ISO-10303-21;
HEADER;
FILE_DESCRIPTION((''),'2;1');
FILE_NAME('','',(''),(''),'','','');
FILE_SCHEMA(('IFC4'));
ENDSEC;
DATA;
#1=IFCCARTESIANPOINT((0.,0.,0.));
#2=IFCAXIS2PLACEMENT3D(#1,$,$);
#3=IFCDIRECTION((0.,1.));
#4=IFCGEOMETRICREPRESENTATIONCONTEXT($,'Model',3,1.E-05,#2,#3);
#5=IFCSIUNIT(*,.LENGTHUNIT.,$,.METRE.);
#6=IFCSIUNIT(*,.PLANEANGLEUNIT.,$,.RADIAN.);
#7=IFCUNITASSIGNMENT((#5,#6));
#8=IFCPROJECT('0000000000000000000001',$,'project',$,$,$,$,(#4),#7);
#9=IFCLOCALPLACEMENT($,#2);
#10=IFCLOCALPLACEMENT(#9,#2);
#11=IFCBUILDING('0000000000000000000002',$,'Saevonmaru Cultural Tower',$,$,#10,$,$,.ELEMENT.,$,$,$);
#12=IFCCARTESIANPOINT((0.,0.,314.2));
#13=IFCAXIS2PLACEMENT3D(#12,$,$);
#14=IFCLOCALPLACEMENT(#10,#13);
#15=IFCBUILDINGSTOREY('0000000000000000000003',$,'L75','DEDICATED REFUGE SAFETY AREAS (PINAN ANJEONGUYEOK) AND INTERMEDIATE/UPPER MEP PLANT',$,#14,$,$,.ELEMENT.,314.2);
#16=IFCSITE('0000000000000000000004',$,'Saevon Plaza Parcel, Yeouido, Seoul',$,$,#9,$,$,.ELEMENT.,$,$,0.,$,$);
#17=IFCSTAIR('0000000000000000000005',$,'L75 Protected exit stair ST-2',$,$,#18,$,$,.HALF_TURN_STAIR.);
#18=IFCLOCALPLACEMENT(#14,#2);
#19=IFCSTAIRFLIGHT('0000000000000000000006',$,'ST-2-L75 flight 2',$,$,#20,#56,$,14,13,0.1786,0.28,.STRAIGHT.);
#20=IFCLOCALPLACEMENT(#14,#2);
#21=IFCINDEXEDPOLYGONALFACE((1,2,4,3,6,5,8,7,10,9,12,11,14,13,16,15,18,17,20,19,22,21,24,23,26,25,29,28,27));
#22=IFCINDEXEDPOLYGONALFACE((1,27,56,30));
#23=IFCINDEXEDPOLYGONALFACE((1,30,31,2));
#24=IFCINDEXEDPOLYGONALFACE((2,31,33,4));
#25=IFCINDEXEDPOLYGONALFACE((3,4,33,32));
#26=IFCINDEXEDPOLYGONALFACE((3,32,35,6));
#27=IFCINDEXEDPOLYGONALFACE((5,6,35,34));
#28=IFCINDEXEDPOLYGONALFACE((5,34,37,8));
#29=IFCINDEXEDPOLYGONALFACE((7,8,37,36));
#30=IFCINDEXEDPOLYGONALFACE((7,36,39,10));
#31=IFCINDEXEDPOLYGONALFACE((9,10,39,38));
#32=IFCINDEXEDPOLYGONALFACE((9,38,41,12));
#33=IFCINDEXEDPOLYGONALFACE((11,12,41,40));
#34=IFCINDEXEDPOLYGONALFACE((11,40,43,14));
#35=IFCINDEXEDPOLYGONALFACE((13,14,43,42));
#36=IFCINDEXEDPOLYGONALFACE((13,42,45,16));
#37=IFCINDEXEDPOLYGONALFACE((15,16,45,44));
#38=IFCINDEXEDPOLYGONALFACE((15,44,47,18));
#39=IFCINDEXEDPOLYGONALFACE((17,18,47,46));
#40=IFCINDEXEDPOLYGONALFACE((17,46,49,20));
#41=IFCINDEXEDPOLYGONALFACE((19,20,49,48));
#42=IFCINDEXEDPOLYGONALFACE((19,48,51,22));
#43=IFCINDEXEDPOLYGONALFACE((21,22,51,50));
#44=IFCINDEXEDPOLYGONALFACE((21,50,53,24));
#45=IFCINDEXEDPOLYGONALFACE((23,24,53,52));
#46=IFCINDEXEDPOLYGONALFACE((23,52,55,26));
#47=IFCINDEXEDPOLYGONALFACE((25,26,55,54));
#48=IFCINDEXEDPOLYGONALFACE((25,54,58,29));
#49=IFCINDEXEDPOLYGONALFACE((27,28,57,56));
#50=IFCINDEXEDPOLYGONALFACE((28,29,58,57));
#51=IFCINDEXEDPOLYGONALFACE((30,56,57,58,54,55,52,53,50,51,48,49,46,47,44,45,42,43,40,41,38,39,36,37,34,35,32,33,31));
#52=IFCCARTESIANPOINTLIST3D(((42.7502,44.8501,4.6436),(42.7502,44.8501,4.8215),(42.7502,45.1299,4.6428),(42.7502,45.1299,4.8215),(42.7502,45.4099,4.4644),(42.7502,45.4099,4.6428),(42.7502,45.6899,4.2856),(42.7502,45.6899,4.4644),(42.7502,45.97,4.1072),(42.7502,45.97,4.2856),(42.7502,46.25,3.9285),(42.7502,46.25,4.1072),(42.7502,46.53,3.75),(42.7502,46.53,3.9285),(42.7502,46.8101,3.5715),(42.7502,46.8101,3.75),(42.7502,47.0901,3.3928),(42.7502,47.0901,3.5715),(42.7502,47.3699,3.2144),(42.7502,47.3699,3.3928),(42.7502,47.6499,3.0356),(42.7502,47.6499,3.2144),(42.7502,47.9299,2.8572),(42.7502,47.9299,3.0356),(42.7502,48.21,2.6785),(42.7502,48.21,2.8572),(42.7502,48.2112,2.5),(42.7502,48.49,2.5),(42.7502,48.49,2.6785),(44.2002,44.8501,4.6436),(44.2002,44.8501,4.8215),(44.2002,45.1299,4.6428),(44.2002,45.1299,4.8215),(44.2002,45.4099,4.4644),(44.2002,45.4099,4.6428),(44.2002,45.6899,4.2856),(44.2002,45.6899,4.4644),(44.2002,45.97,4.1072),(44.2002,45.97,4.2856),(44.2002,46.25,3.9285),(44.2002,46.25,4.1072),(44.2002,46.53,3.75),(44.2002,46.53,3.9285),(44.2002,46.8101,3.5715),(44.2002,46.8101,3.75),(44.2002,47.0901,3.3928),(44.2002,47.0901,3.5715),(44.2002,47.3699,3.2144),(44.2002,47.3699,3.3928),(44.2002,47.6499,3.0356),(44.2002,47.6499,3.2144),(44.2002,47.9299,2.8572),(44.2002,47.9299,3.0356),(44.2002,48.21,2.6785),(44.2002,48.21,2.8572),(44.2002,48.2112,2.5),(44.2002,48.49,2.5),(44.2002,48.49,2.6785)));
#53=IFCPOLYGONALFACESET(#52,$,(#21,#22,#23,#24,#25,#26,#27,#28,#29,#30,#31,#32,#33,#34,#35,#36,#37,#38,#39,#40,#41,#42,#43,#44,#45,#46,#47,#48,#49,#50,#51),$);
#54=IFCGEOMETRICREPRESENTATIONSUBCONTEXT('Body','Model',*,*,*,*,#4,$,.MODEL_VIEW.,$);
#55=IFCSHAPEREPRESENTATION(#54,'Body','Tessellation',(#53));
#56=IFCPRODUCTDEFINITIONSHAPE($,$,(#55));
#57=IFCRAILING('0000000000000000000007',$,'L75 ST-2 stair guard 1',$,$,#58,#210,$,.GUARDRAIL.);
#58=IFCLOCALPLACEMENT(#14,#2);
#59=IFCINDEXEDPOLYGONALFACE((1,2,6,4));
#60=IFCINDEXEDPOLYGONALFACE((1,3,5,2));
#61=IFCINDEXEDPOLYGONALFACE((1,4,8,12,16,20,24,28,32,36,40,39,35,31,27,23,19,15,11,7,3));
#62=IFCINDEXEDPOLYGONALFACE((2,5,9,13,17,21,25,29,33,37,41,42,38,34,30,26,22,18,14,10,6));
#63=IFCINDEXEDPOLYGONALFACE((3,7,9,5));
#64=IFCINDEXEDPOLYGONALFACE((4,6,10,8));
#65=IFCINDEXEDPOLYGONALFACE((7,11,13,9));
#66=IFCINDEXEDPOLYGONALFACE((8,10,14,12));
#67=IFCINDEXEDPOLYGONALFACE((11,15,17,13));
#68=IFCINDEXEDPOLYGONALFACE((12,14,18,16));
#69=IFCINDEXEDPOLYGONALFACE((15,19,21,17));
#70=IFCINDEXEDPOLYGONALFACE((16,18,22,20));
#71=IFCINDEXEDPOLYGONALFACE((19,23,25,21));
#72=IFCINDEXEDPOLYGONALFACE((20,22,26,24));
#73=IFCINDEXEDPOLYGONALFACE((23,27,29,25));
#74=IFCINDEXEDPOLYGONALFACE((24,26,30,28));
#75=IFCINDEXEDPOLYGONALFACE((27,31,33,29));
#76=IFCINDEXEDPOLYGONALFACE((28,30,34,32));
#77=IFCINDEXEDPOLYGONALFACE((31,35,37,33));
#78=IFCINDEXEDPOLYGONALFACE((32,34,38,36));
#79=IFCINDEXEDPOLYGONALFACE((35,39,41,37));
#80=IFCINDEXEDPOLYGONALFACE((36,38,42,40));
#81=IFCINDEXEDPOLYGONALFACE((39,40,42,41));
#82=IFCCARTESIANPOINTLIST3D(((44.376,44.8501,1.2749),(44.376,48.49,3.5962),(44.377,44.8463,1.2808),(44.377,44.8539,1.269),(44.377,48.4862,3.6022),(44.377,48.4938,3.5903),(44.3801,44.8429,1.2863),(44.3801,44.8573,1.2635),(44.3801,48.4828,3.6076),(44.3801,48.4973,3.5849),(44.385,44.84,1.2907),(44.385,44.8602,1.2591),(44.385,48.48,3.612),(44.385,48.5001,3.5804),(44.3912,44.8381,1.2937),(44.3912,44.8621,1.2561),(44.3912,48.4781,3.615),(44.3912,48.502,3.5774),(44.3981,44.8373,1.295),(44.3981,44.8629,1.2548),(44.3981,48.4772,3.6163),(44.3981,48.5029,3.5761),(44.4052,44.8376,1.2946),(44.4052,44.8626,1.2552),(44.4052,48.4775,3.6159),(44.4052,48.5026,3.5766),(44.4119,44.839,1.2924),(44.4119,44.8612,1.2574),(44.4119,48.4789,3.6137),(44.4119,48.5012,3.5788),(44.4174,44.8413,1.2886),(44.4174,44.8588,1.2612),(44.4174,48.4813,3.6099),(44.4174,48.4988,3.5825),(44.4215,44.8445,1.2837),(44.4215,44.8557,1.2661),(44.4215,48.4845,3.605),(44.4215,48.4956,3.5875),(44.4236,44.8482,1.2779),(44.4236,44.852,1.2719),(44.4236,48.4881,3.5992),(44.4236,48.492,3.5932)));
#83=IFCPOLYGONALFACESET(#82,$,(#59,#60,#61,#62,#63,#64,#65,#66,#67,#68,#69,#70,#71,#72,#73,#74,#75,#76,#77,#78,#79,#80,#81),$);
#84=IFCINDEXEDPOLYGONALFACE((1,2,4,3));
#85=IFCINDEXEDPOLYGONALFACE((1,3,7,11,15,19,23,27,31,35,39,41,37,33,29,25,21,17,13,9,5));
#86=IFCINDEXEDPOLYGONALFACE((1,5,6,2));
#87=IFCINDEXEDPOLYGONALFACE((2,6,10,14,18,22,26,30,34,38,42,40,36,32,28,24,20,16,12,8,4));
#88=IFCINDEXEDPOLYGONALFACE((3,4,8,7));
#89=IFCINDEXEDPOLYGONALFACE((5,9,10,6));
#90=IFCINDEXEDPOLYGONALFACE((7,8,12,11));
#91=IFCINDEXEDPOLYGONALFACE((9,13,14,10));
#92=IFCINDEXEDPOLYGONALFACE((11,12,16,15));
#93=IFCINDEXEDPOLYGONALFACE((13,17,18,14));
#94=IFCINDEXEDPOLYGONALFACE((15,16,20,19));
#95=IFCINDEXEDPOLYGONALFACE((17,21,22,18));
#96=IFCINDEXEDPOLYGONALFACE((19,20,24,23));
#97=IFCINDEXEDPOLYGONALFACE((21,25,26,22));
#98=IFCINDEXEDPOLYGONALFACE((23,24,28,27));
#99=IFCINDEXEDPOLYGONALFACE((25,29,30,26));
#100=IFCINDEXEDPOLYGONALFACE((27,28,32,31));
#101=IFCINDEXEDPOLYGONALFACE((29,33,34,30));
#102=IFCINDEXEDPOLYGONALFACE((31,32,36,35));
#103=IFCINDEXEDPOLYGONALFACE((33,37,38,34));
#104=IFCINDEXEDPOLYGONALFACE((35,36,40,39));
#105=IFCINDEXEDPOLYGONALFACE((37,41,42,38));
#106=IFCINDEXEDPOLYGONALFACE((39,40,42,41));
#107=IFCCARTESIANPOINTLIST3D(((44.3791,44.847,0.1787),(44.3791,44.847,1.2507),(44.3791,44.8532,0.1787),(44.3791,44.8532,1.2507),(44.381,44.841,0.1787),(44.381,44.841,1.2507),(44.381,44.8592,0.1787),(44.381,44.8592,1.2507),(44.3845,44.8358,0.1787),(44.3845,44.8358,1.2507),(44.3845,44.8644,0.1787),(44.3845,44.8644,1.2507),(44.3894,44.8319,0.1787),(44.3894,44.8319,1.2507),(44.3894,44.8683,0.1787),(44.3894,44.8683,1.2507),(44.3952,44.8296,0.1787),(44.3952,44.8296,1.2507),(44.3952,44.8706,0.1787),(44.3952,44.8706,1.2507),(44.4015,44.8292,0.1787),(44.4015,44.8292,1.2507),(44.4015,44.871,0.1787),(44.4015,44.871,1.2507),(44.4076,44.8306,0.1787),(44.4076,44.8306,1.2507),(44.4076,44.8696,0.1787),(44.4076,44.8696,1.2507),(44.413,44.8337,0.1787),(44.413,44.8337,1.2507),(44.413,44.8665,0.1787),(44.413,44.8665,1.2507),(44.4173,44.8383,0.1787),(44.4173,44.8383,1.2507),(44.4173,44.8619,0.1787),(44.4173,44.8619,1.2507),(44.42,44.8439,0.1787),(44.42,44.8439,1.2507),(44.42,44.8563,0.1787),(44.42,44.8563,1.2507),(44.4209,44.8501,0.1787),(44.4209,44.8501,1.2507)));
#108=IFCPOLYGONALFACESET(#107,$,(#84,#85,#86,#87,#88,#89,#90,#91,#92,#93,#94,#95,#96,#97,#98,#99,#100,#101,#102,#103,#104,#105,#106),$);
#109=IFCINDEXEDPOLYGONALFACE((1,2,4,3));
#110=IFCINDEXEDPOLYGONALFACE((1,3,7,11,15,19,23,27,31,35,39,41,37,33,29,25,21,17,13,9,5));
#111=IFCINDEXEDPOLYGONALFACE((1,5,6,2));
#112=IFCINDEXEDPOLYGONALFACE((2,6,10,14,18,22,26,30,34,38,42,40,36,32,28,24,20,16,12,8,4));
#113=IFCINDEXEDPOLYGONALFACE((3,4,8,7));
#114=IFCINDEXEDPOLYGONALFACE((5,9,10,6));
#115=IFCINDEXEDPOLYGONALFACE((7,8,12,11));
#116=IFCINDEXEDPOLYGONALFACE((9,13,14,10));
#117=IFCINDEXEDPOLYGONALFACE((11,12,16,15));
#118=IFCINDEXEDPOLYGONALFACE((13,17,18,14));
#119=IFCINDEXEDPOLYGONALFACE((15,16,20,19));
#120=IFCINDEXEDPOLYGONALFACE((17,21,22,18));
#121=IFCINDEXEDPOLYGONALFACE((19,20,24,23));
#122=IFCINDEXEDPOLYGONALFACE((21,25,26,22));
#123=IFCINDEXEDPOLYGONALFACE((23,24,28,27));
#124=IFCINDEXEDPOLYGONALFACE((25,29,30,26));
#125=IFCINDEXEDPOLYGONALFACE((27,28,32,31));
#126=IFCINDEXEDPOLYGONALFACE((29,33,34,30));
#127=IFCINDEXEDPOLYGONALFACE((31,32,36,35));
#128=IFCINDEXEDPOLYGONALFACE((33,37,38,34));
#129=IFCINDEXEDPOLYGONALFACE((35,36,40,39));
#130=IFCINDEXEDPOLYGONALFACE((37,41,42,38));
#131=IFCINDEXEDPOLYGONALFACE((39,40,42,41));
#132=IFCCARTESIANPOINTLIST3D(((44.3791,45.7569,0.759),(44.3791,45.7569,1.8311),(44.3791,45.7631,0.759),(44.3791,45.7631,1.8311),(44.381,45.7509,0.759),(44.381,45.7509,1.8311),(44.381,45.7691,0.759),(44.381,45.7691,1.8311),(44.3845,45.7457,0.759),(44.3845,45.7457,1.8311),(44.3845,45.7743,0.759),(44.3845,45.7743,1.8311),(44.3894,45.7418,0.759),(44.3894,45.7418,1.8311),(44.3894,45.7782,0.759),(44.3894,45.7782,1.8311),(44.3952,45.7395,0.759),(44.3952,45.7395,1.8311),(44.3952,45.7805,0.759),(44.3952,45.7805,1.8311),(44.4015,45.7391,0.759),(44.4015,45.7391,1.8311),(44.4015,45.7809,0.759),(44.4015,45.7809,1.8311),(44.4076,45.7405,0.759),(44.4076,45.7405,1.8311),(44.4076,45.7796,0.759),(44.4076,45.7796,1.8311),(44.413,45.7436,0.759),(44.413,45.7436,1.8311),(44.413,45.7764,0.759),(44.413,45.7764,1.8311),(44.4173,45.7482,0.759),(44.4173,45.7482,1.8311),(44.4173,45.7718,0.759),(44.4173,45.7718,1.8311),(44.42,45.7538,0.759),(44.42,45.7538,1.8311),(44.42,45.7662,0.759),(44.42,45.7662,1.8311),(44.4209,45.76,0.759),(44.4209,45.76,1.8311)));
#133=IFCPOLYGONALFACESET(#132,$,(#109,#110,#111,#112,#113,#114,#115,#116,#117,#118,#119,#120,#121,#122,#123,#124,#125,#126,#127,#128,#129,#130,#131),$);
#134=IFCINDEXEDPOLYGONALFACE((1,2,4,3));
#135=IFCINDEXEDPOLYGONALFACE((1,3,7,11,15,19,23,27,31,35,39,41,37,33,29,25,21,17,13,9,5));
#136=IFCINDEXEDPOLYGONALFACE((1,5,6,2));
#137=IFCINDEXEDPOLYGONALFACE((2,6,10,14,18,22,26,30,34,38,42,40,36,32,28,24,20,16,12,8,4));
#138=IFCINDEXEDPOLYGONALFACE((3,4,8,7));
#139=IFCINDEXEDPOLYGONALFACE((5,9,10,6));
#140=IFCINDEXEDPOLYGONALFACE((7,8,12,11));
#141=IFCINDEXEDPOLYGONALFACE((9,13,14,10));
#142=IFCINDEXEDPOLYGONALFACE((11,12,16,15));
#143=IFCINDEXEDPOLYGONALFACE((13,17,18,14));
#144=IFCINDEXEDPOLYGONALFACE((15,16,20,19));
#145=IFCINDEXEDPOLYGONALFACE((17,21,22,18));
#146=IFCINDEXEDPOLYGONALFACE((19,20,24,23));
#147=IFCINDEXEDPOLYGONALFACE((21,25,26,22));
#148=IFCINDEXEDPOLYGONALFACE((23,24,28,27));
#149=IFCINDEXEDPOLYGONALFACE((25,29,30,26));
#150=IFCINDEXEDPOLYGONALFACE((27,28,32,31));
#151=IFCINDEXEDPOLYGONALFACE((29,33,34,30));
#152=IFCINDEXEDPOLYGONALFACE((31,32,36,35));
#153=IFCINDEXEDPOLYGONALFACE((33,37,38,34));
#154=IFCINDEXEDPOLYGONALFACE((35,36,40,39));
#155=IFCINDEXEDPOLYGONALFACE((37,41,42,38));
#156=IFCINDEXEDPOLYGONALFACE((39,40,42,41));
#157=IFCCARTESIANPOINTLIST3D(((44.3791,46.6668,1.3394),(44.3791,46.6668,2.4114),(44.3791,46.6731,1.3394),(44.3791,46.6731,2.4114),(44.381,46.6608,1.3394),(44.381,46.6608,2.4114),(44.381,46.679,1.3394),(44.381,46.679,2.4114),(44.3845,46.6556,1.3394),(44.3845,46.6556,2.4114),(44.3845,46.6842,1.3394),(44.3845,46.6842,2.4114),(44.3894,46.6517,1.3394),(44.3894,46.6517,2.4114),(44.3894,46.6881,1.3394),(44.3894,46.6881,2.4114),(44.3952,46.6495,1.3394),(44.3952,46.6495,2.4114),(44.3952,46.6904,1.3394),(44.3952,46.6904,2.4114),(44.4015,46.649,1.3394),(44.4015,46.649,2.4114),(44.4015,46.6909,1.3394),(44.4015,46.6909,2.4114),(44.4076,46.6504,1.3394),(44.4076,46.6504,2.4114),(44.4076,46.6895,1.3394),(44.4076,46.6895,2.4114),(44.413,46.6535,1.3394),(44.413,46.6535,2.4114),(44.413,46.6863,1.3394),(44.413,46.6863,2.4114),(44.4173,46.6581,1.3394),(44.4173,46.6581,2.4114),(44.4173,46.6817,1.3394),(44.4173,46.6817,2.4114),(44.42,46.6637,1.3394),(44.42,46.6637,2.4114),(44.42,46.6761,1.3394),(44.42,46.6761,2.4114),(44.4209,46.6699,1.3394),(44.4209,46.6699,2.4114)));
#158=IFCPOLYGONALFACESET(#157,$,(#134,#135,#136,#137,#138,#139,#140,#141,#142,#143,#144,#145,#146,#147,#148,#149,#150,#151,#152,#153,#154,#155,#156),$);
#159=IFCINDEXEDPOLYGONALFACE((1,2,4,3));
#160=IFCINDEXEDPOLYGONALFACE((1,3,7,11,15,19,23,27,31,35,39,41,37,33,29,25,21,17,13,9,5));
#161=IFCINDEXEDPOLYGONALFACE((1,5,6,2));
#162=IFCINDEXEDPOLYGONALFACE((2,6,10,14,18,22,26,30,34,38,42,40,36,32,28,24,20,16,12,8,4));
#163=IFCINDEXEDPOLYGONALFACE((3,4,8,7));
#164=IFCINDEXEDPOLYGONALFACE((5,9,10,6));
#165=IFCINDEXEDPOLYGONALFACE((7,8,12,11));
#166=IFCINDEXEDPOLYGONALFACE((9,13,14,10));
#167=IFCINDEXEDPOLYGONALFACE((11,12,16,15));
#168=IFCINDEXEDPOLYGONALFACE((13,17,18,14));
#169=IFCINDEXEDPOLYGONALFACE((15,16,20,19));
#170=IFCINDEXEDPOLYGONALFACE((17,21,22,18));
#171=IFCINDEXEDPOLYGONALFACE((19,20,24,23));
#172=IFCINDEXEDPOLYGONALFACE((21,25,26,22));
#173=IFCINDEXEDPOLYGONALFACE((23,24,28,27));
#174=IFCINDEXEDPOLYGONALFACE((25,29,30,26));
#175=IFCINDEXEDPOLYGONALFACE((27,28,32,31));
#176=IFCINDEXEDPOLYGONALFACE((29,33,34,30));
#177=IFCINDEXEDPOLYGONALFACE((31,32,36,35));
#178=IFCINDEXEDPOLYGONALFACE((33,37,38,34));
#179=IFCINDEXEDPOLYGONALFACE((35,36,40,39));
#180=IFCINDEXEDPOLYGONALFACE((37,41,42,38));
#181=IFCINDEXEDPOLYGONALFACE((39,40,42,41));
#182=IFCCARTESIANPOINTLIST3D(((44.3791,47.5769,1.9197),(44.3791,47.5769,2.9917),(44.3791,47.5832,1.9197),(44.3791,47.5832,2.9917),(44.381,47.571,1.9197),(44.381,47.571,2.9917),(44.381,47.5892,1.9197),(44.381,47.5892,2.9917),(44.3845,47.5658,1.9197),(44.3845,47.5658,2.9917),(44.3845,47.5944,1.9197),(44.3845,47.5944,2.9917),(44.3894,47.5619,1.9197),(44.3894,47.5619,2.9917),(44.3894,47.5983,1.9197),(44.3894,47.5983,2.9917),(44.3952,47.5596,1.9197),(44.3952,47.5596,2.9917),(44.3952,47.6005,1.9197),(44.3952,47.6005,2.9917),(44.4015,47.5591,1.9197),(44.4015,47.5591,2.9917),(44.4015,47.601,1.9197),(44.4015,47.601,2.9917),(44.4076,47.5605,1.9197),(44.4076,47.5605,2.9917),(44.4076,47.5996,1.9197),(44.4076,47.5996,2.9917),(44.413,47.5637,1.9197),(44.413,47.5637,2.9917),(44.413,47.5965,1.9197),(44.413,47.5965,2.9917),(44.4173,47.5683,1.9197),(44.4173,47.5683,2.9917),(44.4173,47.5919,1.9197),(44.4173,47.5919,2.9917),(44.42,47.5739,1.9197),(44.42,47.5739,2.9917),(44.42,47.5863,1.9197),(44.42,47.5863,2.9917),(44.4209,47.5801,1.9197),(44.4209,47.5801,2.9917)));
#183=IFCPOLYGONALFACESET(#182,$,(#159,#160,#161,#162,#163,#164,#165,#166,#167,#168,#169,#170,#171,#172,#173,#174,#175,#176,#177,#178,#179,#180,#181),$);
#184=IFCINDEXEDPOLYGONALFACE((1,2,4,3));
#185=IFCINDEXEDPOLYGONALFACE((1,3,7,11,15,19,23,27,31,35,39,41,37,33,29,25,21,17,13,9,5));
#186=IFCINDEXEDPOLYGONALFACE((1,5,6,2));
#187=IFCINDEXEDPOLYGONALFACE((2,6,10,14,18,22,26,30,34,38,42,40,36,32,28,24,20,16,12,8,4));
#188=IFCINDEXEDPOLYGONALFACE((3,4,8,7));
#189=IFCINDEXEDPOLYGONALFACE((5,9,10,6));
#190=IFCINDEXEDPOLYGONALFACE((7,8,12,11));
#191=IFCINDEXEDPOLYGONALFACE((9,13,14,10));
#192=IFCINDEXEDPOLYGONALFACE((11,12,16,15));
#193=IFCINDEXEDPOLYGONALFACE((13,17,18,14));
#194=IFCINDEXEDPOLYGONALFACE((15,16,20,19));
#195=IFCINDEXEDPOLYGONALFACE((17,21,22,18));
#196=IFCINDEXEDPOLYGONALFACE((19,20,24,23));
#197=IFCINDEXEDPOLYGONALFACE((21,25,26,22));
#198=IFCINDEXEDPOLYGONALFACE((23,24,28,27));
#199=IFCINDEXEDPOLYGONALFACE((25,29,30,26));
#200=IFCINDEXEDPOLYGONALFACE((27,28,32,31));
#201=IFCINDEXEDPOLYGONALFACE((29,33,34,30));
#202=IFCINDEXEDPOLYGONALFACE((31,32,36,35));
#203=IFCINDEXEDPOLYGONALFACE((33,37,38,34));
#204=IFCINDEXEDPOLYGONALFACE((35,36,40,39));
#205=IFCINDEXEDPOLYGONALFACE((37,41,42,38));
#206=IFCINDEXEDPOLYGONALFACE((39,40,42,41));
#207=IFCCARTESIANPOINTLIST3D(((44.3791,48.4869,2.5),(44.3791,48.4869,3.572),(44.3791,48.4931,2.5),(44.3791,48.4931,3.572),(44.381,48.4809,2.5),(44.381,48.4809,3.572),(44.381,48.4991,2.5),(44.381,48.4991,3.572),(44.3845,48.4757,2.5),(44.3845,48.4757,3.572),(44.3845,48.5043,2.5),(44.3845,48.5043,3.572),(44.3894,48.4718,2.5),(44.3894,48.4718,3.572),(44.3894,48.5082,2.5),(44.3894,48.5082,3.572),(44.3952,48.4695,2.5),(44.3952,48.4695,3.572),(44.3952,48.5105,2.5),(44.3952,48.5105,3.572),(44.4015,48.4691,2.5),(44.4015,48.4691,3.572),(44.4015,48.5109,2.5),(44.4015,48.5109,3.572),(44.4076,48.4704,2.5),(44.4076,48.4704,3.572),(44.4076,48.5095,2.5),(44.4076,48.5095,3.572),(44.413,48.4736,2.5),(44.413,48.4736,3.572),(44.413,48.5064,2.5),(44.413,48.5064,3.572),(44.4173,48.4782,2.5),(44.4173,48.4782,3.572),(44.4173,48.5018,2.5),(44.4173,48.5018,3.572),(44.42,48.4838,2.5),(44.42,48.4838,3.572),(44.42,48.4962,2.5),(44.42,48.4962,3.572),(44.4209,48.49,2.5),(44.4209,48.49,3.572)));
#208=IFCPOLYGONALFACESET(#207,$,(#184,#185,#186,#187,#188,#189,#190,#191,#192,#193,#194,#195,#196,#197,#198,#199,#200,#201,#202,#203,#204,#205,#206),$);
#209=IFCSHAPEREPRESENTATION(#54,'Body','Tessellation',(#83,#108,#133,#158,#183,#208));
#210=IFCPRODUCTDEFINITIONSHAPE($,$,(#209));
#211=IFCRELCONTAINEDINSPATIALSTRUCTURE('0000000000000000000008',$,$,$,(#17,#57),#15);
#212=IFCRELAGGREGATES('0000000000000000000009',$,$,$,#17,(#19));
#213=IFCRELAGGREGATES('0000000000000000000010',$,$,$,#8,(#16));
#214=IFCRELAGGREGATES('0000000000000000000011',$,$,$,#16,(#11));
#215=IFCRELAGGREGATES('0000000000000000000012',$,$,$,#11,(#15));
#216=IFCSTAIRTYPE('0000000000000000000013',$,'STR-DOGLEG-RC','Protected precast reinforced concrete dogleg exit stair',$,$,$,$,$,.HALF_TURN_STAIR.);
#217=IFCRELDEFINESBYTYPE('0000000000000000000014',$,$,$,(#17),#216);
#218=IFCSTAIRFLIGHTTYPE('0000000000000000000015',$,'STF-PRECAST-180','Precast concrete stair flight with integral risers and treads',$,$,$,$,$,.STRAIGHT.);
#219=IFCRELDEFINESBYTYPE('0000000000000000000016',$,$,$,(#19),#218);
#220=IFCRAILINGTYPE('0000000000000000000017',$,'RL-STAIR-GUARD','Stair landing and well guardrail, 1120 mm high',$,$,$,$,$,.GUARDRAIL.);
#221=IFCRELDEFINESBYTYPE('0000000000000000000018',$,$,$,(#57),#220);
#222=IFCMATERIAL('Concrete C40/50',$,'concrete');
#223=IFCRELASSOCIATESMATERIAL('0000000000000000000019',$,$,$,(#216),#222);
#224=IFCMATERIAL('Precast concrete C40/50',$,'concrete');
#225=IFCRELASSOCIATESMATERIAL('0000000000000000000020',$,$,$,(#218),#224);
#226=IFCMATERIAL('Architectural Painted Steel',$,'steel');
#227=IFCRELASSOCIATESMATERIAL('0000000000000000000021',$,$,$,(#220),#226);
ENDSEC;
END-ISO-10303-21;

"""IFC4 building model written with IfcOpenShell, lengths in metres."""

from ifc_helpers import new_model, si_unit, direction, frame, origin, origin_2d, place, context, subcontext, project, spatial, polyline, circle, outline, extrude, material, type_object, element, aggregate, save


model = new_model("IFC4")

# Units and contexts
model_context = context("Model", 3, precision=1e-05, world=origin(), true_north=direction((0.0, 1.0)))
body_context = subcontext(model_context, "Body", "Model", "MODEL_VIEW")
ifc_project = project(units=[si_unit("LENGTHUNIT", "METRE"), si_unit("PLANEANGLEUNIT", "RADIAN")], contexts=[model_context])

# Site, building, storey
site_placement = place(None, origin())
site = spatial("IfcSite", under=ifc_project, at=site_placement, Name="Saevon Plaza Parcel, Yeouido, Seoul", CompositionType="ELEMENT", RefElevation=0.0)
building_placement = place(site_placement, origin())
building = spatial("IfcBuilding", under=site, at=building_placement, Name="Saevonmaru Cultural Tower", CompositionType="ELEMENT")
storey_placement = place(building_placement, frame((0.0, 0.0, 314.2)))
storey = spatial("IfcBuildingStorey", under=building, at=storey_placement, Name="L75", Description="DEDICATED REFUGE SAFETY AREAS (PINAN ANJEONGUYEOK) AND INTERMEDIATE/UPPER MEP PLANT", CompositionType="ELEMENT", Elevation=314.2)

# Stair, stair flight
ifc_material_1 = material(Name="Concrete C40/50", Category="concrete")
stair_type = type_object("IfcStairType", Name="STR-DOGLEG-RC", Description="Protected precast reinforced concrete dogleg exit stair", PredefinedType="HALF_TURN_STAIR", material=ifc_material_1)
stair_placement = place(storey_placement, origin())
stair = element("IfcStair", 1, at=stair_placement, inside=storey, type_object=stair_type, Name="L75 Protected exit stair ST-2", PredefinedType="HALF_TURN_STAIR")
ifc_material_2 = material(Name="Precast concrete C40/50", Category="concrete")
stair_flight_type = type_object("IfcStairFlightType", Name="STF-PRECAST-180", Description="Precast concrete stair flight with integral risers and treads", PredefinedType="STRAIGHT", material=ifc_material_2)
stair_flight_1_placement = place(storey_placement, frame((43.4751, 48.49, 2.5), z_axis=(0.0, 0.0, 1.0), x_axis=(0.0, -1.0, 0.0)))
stair_flight_1 = element("IfcStairFlight", 2, at=stair_flight_1_placement, type_object=stair_flight_type, Name="ST-2-L75 flight 2", NumberOfRisers=14, NumberOfTreads=13, PredefinedType="STRAIGHT", RiserHeight=0.1786, TreadLength=0.28, context=body_context, shape_type="SweptSolid", body=[
    extrude(outline(polyline([(0.0, 0.0), (0.0, 0.1785), (0.28, 0.1785), (0.28, 0.3572), (0.5601, 0.3572), (0.5601, 0.5356), (0.8401, 0.5356), (0.8401, 0.7144), (1.1201, 0.7144), (1.1201, 0.8928), (1.3999, 0.8928), (1.3999, 1.0715), (1.6799, 1.0715), (1.6799, 1.25), (1.96, 1.25), (1.96, 1.4285), (2.24, 1.4285), (2.24, 1.6072), (2.52, 1.6072), (2.52, 1.7856), (2.8, 1.7856), (2.8, 1.9644), (3.0801, 1.9644), (3.0801, 2.1428), (3.3601, 2.1428), (3.3601, 2.3215), (3.6399, 2.3215), (3.6399, 2.5), (3.6399, 2.1436), (0.2788, 0.0), (0.0, 0.0)])), frame((0.0, 0.7251, 0.0), z_axis=(0.0, -1.0, 0.0), x_axis=(1.0, 0.0, 0.0)), (0.0, 0.0, 1.0), 1.45),
])
aggregate(stair, [stair_flight_1])

# Railing
ifc_material_3 = material(Name="Architectural Painted Steel", Category="steel")
railing_type_1 = type_object("IfcRailingType", Name="RL-STAIR-GUARD", Description="Stair landing and well guardrail, 1120 mm high", PredefinedType="GUARDRAIL", material=ifc_material_3)
railing_1_placement = place(storey_placement, frame((44.3999, 44.8501, 0.1787)))
element("IfcRailing", 3, at=railing_1_placement, inside=storey, type_object=railing_type_1, Name="L75 ST-2 stair guard 1", PredefinedType="GUARDRAIL", context=body_context, shape_type="SweptSolid", body=[
    extrude(circle(Radius=0.0239, at=origin_2d()), frame((0.0, 0.0, 1.0962), z_axis=(0.0, 0.843137, 0.537699), x_axis=(-1.0, 0.0, 0.0)), (0.0, 0.0, 1.0), 4.3171),
    extrude(circle(Radius=0.021, at=origin_2d()), origin(), (0.0, 0.0, 1.0), 1.072),
    extrude(circle(Radius=0.021, at=origin_2d()), frame((0.0, 0.9099, 0.5803)), (0.0, 0.0, 1.0), 1.072),
    extrude(circle(Radius=0.021, at=origin_2d()), frame((0.0, 1.8198, 1.1606)), (0.0, 0.0, 1.0), 1.072),
    extrude(circle(Radius=0.021, at=origin_2d()), frame((0.0, 2.73, 1.741)), (0.0, 0.0, 1.0), 1.072),
    extrude(circle(Radius=0.021, at=origin_2d()), frame((0.0, 3.6399, 2.3213)), (0.0, 0.0, 1.0), 1.072),
])

save(model, "model.ifc")
